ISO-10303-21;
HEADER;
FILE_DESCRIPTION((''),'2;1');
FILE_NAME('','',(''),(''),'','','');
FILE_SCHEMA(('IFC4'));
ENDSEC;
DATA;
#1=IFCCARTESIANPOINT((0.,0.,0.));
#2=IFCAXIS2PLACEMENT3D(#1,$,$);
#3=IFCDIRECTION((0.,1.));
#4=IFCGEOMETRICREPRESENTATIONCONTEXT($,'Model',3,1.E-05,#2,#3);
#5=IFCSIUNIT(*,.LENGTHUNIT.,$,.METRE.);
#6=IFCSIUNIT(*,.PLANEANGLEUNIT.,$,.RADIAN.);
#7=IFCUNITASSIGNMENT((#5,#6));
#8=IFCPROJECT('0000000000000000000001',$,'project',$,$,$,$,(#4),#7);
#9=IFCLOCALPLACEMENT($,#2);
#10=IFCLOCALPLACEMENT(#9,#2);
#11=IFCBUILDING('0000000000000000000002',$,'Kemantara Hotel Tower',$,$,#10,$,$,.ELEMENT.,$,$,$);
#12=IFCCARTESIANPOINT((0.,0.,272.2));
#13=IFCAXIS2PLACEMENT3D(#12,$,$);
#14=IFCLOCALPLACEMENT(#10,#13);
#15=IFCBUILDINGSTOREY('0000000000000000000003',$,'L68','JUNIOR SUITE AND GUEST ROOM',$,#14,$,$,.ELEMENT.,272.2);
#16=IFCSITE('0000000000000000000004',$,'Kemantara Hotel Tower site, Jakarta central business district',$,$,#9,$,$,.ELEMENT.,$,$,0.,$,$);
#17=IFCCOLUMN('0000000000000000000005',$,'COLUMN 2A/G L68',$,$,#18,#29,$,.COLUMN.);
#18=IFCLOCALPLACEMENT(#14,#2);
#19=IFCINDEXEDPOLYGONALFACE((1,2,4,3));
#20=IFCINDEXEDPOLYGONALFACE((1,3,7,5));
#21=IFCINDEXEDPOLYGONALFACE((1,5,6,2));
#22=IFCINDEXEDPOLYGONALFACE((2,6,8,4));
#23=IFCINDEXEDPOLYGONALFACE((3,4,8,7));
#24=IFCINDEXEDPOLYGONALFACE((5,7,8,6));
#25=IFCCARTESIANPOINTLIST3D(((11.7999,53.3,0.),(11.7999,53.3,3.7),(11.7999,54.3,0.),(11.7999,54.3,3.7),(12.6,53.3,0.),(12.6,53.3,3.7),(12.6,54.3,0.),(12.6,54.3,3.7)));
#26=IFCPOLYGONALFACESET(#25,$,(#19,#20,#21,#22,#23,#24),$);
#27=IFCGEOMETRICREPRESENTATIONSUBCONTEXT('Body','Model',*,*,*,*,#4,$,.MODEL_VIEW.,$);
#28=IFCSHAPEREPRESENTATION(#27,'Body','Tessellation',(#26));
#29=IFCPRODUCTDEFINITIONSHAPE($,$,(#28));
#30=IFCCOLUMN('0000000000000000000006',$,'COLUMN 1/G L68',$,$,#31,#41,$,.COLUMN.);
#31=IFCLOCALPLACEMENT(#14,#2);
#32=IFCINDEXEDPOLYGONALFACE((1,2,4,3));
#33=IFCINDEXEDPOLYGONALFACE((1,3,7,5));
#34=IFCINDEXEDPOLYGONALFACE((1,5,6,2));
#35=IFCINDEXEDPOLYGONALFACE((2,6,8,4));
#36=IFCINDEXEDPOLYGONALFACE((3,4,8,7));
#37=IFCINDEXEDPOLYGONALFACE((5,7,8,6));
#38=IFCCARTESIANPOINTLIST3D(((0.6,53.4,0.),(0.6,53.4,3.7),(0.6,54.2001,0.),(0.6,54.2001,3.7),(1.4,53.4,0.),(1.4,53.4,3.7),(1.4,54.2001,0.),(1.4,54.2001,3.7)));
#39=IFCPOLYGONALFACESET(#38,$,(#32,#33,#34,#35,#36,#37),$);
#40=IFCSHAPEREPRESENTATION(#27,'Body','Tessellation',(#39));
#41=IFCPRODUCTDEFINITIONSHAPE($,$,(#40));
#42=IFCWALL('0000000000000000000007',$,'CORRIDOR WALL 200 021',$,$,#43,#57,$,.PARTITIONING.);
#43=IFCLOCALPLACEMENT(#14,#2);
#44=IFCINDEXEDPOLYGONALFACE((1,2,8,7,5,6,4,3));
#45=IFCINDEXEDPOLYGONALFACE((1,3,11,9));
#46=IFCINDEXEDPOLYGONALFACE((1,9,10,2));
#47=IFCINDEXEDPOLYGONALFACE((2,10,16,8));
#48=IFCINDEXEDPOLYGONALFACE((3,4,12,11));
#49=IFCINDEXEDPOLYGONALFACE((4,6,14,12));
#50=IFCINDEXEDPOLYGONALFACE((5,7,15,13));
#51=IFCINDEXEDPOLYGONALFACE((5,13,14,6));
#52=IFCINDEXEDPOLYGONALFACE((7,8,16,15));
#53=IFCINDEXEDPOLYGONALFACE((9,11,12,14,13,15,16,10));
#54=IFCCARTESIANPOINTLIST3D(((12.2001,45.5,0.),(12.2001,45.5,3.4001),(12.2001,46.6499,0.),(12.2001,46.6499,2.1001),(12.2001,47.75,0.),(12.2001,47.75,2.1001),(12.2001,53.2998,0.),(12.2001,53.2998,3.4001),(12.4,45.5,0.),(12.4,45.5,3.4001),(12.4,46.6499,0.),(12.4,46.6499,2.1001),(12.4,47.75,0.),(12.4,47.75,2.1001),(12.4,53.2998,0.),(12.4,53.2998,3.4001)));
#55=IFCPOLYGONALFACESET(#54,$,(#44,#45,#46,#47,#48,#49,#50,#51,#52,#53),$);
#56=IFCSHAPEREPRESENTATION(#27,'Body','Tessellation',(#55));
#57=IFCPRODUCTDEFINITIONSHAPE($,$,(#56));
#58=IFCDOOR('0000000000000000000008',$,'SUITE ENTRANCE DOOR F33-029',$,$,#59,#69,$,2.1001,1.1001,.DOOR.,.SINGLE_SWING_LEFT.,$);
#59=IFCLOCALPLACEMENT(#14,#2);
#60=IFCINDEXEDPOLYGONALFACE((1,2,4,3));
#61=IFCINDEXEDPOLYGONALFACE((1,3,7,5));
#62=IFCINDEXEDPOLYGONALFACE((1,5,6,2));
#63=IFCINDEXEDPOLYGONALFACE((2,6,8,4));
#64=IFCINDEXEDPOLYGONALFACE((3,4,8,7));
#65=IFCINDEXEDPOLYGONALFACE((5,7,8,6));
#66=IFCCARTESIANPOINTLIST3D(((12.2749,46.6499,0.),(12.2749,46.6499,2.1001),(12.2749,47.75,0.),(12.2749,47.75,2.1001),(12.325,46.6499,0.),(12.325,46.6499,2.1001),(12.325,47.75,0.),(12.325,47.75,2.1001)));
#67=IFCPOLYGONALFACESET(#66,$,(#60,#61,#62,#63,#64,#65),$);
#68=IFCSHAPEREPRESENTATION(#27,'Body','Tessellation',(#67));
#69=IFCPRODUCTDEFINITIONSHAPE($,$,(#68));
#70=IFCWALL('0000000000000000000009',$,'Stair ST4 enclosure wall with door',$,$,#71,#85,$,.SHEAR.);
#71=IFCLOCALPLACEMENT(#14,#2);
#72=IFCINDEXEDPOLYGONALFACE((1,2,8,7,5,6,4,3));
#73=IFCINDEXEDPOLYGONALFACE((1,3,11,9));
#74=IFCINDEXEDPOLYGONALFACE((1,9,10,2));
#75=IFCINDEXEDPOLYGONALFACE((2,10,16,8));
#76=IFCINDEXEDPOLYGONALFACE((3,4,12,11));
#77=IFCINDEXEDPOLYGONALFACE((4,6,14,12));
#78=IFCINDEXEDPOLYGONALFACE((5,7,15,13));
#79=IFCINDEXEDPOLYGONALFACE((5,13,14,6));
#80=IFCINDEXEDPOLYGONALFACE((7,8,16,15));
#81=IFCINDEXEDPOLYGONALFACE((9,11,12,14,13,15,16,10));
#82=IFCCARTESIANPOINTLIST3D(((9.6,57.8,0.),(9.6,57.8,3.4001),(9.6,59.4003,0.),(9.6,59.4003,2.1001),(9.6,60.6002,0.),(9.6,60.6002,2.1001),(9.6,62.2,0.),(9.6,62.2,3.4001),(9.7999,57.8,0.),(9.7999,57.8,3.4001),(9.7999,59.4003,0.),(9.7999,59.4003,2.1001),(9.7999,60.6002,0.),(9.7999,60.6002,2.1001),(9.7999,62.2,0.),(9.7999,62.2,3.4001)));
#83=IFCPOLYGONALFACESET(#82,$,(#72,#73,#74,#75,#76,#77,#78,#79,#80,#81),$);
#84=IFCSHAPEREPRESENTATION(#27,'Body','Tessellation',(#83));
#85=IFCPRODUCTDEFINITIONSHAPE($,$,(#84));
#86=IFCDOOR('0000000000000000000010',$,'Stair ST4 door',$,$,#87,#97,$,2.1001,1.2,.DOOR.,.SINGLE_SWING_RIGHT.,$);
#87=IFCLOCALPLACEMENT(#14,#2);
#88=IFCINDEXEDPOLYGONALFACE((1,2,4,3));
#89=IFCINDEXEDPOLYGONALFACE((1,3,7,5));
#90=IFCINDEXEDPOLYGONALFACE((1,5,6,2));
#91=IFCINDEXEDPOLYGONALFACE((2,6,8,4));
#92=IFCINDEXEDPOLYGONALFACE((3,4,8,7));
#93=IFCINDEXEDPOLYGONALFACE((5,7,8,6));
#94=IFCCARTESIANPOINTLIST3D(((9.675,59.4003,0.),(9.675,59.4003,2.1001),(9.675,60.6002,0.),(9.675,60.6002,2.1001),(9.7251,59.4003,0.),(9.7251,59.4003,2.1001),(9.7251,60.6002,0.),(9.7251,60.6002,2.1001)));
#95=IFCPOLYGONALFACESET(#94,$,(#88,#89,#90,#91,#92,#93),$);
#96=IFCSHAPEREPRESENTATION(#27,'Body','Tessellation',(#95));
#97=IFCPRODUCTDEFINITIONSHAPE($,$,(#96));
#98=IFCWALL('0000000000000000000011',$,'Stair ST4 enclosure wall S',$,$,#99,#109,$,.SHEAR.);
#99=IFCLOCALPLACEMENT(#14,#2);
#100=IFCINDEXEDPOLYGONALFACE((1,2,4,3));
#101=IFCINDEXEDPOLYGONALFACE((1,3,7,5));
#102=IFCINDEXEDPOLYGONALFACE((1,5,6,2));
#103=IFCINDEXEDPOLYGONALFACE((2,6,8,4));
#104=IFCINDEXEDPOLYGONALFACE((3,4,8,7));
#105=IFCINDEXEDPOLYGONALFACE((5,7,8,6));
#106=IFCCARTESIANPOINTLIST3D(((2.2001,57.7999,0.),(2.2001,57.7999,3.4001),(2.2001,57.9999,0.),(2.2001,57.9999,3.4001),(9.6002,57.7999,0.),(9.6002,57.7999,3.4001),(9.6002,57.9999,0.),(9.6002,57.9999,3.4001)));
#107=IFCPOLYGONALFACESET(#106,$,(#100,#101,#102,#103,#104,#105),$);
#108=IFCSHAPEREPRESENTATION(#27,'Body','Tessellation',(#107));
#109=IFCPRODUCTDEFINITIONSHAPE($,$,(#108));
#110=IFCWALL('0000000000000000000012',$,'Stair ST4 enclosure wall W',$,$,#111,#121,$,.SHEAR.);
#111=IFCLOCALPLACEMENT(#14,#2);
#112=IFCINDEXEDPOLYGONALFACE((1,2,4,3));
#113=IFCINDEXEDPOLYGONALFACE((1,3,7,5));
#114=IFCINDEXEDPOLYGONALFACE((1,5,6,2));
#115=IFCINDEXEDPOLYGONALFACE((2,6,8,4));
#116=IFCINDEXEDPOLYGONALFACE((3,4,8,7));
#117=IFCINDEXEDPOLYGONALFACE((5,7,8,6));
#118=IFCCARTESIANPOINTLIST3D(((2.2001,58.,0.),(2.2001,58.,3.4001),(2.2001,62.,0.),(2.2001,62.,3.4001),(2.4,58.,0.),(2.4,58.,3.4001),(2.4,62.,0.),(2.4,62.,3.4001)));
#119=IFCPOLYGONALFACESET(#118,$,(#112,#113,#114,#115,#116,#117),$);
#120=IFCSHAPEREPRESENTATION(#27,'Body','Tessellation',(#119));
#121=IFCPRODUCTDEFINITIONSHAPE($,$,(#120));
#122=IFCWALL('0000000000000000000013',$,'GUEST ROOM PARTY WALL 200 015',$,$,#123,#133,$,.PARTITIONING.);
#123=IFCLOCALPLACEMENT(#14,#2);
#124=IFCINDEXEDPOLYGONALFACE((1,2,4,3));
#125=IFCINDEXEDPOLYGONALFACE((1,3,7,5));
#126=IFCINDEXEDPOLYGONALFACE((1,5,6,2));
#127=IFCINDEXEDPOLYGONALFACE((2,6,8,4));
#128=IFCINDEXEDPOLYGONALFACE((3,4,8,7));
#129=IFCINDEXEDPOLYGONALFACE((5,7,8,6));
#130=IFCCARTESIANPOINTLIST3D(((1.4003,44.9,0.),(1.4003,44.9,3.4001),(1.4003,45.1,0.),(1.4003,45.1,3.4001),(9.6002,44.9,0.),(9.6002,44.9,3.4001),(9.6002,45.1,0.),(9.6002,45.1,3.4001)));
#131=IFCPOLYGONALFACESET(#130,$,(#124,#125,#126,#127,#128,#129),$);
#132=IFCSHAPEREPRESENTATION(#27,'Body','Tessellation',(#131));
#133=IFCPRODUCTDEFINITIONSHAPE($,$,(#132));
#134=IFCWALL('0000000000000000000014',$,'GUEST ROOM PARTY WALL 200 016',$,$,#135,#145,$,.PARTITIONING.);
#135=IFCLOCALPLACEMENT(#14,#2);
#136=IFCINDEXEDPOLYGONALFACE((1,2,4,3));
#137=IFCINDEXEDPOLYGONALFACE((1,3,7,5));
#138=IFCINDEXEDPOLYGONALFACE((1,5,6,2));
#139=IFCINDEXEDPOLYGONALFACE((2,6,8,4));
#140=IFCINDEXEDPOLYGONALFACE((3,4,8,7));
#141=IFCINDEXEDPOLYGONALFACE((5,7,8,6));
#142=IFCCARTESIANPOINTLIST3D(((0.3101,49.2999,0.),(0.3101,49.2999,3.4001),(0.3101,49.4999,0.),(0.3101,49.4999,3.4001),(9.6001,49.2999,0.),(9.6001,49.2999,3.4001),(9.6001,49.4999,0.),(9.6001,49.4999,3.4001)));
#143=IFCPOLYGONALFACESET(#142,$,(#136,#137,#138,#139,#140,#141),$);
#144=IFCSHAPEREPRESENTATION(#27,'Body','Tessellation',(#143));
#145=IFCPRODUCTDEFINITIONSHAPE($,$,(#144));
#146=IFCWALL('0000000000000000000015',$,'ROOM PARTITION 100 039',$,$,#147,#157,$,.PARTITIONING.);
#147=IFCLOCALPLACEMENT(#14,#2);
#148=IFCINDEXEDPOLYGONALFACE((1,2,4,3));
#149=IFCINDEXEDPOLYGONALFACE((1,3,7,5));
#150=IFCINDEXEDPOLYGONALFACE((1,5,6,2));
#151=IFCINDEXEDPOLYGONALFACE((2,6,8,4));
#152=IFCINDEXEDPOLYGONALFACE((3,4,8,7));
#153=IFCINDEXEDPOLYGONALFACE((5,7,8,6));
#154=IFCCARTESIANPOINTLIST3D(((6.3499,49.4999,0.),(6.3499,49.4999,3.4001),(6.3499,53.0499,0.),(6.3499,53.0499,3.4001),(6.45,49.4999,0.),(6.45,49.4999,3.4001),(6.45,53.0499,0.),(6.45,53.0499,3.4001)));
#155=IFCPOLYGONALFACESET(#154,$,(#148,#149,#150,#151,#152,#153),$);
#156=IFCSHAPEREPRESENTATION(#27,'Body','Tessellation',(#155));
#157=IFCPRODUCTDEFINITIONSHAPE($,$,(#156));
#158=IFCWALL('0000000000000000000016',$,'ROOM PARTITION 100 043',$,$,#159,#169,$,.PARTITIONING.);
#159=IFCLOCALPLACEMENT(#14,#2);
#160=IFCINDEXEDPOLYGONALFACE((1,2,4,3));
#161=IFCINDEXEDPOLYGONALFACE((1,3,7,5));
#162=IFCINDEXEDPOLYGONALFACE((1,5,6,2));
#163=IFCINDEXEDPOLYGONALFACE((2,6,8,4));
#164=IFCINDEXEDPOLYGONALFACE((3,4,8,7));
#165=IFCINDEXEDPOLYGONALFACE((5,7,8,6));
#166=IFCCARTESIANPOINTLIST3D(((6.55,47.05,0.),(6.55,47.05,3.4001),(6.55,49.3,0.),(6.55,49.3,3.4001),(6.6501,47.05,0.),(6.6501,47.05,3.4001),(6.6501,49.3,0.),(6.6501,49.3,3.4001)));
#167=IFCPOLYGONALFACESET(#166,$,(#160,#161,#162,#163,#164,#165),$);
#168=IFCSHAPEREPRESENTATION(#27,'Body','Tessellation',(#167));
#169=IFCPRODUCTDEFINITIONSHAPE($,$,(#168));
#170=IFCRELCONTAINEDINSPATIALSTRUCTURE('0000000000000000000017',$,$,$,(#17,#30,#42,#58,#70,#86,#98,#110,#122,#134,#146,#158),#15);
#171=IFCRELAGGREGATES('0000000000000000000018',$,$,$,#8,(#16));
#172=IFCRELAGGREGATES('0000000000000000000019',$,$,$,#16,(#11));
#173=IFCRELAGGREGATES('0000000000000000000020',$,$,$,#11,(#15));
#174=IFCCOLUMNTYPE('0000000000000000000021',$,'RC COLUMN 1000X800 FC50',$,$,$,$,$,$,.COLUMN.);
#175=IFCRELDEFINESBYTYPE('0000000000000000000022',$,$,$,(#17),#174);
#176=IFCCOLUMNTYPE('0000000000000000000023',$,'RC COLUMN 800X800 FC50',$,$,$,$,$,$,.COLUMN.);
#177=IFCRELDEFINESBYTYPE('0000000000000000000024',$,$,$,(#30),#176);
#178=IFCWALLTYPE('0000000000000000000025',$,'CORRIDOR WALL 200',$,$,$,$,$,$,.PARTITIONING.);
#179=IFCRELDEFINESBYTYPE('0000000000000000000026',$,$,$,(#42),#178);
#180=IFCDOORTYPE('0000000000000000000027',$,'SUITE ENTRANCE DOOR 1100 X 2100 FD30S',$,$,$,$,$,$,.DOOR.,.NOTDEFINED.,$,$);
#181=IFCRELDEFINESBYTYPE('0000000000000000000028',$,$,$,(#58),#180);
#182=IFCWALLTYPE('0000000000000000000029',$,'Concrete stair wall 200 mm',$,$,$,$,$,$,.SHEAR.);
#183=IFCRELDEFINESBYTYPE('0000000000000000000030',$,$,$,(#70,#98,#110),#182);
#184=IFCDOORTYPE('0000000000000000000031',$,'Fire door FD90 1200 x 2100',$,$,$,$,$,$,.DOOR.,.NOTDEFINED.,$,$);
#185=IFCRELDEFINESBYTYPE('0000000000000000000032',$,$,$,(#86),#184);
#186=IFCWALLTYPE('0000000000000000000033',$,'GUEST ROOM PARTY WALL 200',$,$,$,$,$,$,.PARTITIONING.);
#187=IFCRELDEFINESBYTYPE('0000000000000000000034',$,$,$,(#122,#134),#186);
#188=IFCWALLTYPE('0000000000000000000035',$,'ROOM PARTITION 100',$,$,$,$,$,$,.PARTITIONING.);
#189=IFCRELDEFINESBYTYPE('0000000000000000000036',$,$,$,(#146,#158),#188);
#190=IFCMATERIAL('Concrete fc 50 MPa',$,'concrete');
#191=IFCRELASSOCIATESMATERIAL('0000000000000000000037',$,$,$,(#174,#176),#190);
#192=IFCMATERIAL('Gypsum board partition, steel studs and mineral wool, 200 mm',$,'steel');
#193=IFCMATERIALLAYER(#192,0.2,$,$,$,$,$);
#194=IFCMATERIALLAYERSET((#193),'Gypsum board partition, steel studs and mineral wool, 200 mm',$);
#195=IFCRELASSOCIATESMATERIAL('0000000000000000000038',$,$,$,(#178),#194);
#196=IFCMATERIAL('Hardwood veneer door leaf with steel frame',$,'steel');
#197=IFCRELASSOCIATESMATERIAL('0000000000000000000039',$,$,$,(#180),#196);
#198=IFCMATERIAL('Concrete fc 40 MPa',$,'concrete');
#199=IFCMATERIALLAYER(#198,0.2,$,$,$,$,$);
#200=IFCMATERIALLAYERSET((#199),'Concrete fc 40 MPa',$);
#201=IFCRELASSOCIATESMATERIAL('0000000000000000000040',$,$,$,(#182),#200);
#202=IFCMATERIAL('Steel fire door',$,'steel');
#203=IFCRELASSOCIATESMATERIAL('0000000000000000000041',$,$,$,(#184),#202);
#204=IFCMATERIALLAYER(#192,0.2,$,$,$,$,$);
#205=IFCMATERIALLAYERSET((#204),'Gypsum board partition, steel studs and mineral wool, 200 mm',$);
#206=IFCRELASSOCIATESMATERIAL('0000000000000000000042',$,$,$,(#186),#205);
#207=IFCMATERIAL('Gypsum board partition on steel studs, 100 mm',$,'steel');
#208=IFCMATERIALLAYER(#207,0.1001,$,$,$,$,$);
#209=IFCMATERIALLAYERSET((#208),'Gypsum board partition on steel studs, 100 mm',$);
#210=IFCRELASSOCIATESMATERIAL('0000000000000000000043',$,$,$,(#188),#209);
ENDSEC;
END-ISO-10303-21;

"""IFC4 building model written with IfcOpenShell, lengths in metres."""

from ifc_helpers import new_model, si_unit, direction, frame, frame_2d, origin, origin_2d, place, context, subcontext, project, spatial, rectangle, extrude, material, layer, layer_set, material_profile, profile_set, type_object, element, fill, save


model = new_model("IFC4")

# Units and contexts
model_context = context("Model", 3, precision=1e-05, world=origin(), true_north=direction((0.0, 1.0)))
body_context = subcontext(model_context, "Body", "Model", "MODEL_VIEW")
ifc_project = project(units=[si_unit("LENGTHUNIT", "METRE"), si_unit("PLANEANGLEUNIT", "RADIAN")], contexts=[model_context])

# Site, building, storey
site_placement = place(None, origin())
site = spatial("IfcSite", under=ifc_project, at=site_placement, Name="Kemantara Hotel Tower site, Jakarta central business district", CompositionType="ELEMENT", RefElevation=0.0)
building_placement = place(site_placement, origin())
building = spatial("IfcBuilding", under=site, at=building_placement, Name="Kemantara Hotel Tower", CompositionType="ELEMENT")
storey_placement = place(building_placement, frame((0.0, 0.0, 272.2)))
storey = spatial("IfcBuildingStorey", under=building, at=storey_placement, Name="L68", Description="JUNIOR SUITE AND GUEST ROOM", CompositionType="ELEMENT", Elevation=272.2)

# Columns
ifc_material_1 = material(Name="Concrete fc 50 MPa", Category="concrete")
ifc_material_profile_1 = material_profile(ifc_material_1, rectangle(XDim=1.0, YDim=0.8, at=origin_2d()), Name="RC 1000X800")
ifc_profile_set_1 = profile_set([ifc_material_profile_1], Name="Concrete fc 50 MPa")
column_type_1 = type_object("IfcColumnType", Name="RC COLUMN 1000X800 FC50", PredefinedType="COLUMN", material=ifc_profile_set_1)
column_1_placement = place(storey_placement, frame((12.2, 53.8, 0.0), z_axis=(0.0, 0.0, 1.0), x_axis=(0.0, 1.0, 0.0)))
element("IfcColumn", 1, at=column_1_placement, inside=storey, type_object=column_type_1, Name="COLUMN 2A/G L68", PredefinedType="COLUMN", context=body_context, shape_type="SweptSolid", body=[
    extrude(rectangle(XDim=1.0, YDim=0.8, at=origin_2d()), origin(), (0.0, 0.0, 1.0), 3.7),
])
ifc_material_profile_2 = material_profile(ifc_material_1, rectangle(XDim=0.8, YDim=0.8, at=origin_2d()), Name="RC 800X800")
ifc_profile_set_2 = profile_set([ifc_material_profile_2], Name="Concrete fc 50 MPa")
column_type_2 = type_object("IfcColumnType", Name="RC COLUMN 800X800 FC50", PredefinedType="COLUMN", material=ifc_profile_set_2)
column_2_placement = place(storey_placement, frame((1.0, 53.8, 0.0), z_axis=(0.0, 0.0, 1.0), x_axis=(1.0, 0.0, 0.0)))
element("IfcColumn", 2, at=column_2_placement, inside=storey, type_object=column_type_2, Name="COLUMN 1/G L68", PredefinedType="COLUMN", context=body_context, shape_type="SweptSolid", body=[
    extrude(rectangle(XDim=0.8, YDim=0.8, at=origin_2d()), origin(), (0.0, 0.0, 1.0), 3.7),
])

# Walls, openings, doors
ifc_material_2 = material(Name="Gypsum board partition, steel studs and mineral wool, 200 mm", Category="steel")
ifc_layer_1 = layer(ifc_material_2, 0.2)
ifc_layer_set_1 = layer_set([ifc_layer_1], Name="Gypsum board partition, steel studs and mineral wool, 200 mm")
wall_type_1 = type_object("IfcWallType", Name="CORRIDOR WALL 200", PredefinedType="PARTITIONING", material=ifc_layer_set_1)
wall_1_placement = place(storey_placement, frame((12.3, 53.2998, 0.0), z_axis=(0.0, 0.0, 1.0), x_axis=(0.0, -1.0, 0.0)))
wall_1 = element("IfcWall", 3, at=wall_1_placement, inside=storey, type_object=wall_type_1, Name="CORRIDOR WALL 200 021", PredefinedType="PARTITIONING", context=body_context, shape_type="SweptSolid", body=[
    extrude(rectangle(XDim=7.7998, YDim=0.2, at=frame_2d((3.8999, 0.0))), origin(), (0.0, 0.0, 1.0), 3.4001),
])
opening_1_placement = place(wall_1_placement, frame((5.5498, 0.0, 0.0)))
opening_1 = element("IfcOpeningElement", 4, at=opening_1_placement, cuts=wall_1, PredefinedType="OPENING", context=body_context, shape_type="SweptSolid", body=[
    extrude(rectangle(XDim=1.1001, YDim=2.1001, at=frame_2d((0.55, 1.05))), frame((0.0, 0.1099, 0.0), z_axis=(0.0, -1.0, 0.0), x_axis=(1.0, 0.0, 0.0)), (0.0, 0.0, 1.0), 0.22),
])
ifc_material_3 = material(Name="Hardwood veneer door leaf with steel frame", Category="steel")
door_type_1 = type_object("IfcDoorType", Name="SUITE ENTRANCE DOOR 1100 X 2100 FD30S", OperationType="NOTDEFINED", PredefinedType="DOOR", material=ifc_material_3)
door_1_placement = place(opening_1_placement, origin())
door_1 = element("IfcDoor", 5, at=door_1_placement, inside=storey, type_object=door_type_1, Name="SUITE ENTRANCE DOOR F33-029", OperationType="SINGLE_SWING_LEFT", OverallHeight=2.1001, OverallWidth=1.1001, PredefinedType="DOOR", context=body_context, shape_type="SweptSolid", body=[
    extrude(rectangle(XDim=1.1001, YDim=2.1001, at=frame_2d((0.55, 1.05))), frame((0.0, 0.0249, 0.0), z_axis=(0.0, -1.0, 0.0), x_axis=(1.0, 0.0, 0.0)), (0.0, 0.0, 1.0), 0.05),
])
fill(opening_1, door_1)
ifc_material_4 = material(Name="Concrete fc 40 MPa", Category="concrete")
ifc_layer_2 = layer(ifc_material_4, 0.2)
ifc_layer_set_2 = layer_set([ifc_layer_2], Name="Concrete fc 40 MPa")
wall_type_2 = type_object("IfcWallType", Name="Concrete stair wall 200 mm", PredefinedType="SHEAR", material=ifc_layer_set_2)
wall_2_placement = place(storey_placement, frame((9.7, 57.8, 0.0), z_axis=(0.0, 0.0, 1.0), x_axis=(0.0, 1.0, 0.0)))
wall_2 = element("IfcWall", 6, at=wall_2_placement, inside=storey, type_object=wall_type_2, Name="Stair ST4 enclosure wall with door", PredefinedType="SHEAR", context=body_context, shape_type="SweptSolid", body=[
    extrude(rectangle(XDim=4.3999, YDim=0.2, at=frame_2d((2.2, 0.0))), origin(), (0.0, 0.0, 1.0), 3.4001),
])
opening_2_placement = place(wall_2_placement, frame((1.6001, 0.0, 0.0)))
opening_2 = element("IfcOpeningElement", 7, at=opening_2_placement, cuts=wall_2, PredefinedType="OPENING", context=body_context, shape_type="SweptSolid", body=[
    extrude(rectangle(XDim=1.2, YDim=2.1001, at=frame_2d((0.6001, 1.05))), frame((0.0, 0.1099, 0.0), z_axis=(0.0, -1.0, 0.0), x_axis=(1.0, 0.0, 0.0)), (0.0, 0.0, 1.0), 0.22),
])
ifc_material_5 = material(Name="Steel fire door", Category="steel")
door_type_2 = type_object("IfcDoorType", Name="Fire door FD90 1200 x 2100", OperationType="NOTDEFINED", PredefinedType="DOOR", material=ifc_material_5)
door_2_placement = place(opening_2_placement, origin())
door_2 = element("IfcDoor", 8, at=door_2_placement, inside=storey, type_object=door_type_2, Name="Stair ST4 door", OperationType="SINGLE_SWING_RIGHT", OverallHeight=2.1001, OverallWidth=1.2, PredefinedType="DOOR", context=body_context, shape_type="SweptSolid", body=[
    extrude(rectangle(XDim=1.2, YDim=2.1001, at=frame_2d((0.6001, 1.05))), frame((0.0, 0.0249, 0.0), z_axis=(0.0, -1.0, 0.0), x_axis=(1.0, 0.0, 0.0)), (0.0, 0.0, 1.0), 0.05),
])
fill(opening_2, door_2)

# Walls
wall_3_placement = place(storey_placement, frame((2.2, 57.8999, 0.0), z_axis=(0.0, 0.0, 1.0), x_axis=(1.0, 0.0, 0.0)))
element("IfcWall", 9, at=wall_3_placement, inside=storey, type_object=wall_type_2, Name="Stair ST4 enclosure wall S", PredefinedType="SHEAR", context=body_context, shape_type="SweptSolid", body=[
    extrude(rectangle(XDim=7.4001, YDim=0.2, at=frame_2d((3.7002, 0.0))), origin(), (0.0, 0.0, 1.0), 3.4001),
])
wall_4_placement = place(storey_placement, frame((2.3, 58.0, 0.0), z_axis=(0.0, 0.0, 1.0), x_axis=(0.0, 1.0, 0.0)))
element("IfcWall", 10, at=wall_4_placement, inside=storey, type_object=wall_type_2, Name="Stair ST4 enclosure wall W", PredefinedType="SHEAR", context=body_context, shape_type="SweptSolid", body=[
    extrude(rectangle(XDim=4.0, YDim=0.2, at=frame_2d((2.0, 0.0))), origin(), (0.0, 0.0, 1.0), 3.4001),
])
ifc_layer_3 = layer(ifc_material_2, 0.2)
ifc_layer_set_3 = layer_set([ifc_layer_3], Name="Gypsum board partition, steel studs and mineral wool, 200 mm")
wall_type_3 = type_object("IfcWallType", Name="GUEST ROOM PARTY WALL 200", PredefinedType="PARTITIONING", material=ifc_layer_set_3)
wall_5_placement = place(storey_placement, frame((1.4001, 45.0, 0.0), z_axis=(0.0, 0.0, 1.0), x_axis=(1.0, 0.0, 0.0)))
element("IfcWall", 11, at=wall_5_placement, inside=storey, type_object=wall_type_3, Name="GUEST ROOM PARTY WALL 200 015", PredefinedType="PARTITIONING", context=body_context, shape_type="SweptSolid", body=[
    extrude(rectangle(XDim=8.2, YDim=0.2, at=frame_2d((4.1001, 0.0))), origin(), (0.0, 0.0, 1.0), 3.4001),
])
wall_6_placement = place(storey_placement, frame((0.3101, 49.3999, 0.0), z_axis=(0.0, 0.0, 1.0), x_axis=(1.0, 0.0, 0.0)))
element("IfcWall", 12, at=wall_6_placement, inside=storey, type_object=wall_type_3, Name="GUEST ROOM PARTY WALL 200 016", PredefinedType="PARTITIONING", context=body_context, shape_type="SweptSolid", body=[
    extrude(rectangle(XDim=9.29, YDim=0.2, at=frame_2d((4.645, 0.0))), origin(), (0.0, 0.0, 1.0), 3.4001),
])
ifc_material_6 = material(Name="Gypsum board partition on steel studs, 100 mm", Category="steel")
ifc_layer_4 = layer(ifc_material_6, 0.1001)
ifc_layer_set_4 = layer_set([ifc_layer_4], Name="Gypsum board partition on steel studs, 100 mm")
wall_type_4 = type_object("IfcWallType", Name="ROOM PARTITION 100", PredefinedType="PARTITIONING", material=ifc_layer_set_4)
wall_7_placement = place(storey_placement, frame((6.3999, 49.5, 0.0), z_axis=(0.0, 0.0, 1.0), x_axis=(0.0, 1.0, 0.0)))
element("IfcWall", 13, at=wall_7_placement, inside=storey, type_object=wall_type_4, Name="ROOM PARTITION 100 039", PredefinedType="PARTITIONING", context=body_context, shape_type="SweptSolid", body=[
    extrude(rectangle(XDim=3.55, YDim=0.1001, at=frame_2d((1.7749, 0.0))), origin(), (0.0, 0.0, 1.0), 3.4001),
])
wall_8_placement = place(storey_placement, frame((6.6001, 47.05, 0.0), z_axis=(0.0, 0.0, 1.0), x_axis=(0.0, 1.0, 0.0)))
element("IfcWall", 14, at=wall_8_placement, inside=storey, type_object=wall_type_4, Name="ROOM PARTITION 100 043", PredefinedType="PARTITIONING", context=body_context, shape_type="SweptSolid", body=[
    extrude(rectangle(XDim=2.25, YDim=0.1001, at=frame_2d((1.125, 0.0))), origin(), (0.0, 0.0, 1.0), 3.4001),
])

save(model, "model.ifc")
